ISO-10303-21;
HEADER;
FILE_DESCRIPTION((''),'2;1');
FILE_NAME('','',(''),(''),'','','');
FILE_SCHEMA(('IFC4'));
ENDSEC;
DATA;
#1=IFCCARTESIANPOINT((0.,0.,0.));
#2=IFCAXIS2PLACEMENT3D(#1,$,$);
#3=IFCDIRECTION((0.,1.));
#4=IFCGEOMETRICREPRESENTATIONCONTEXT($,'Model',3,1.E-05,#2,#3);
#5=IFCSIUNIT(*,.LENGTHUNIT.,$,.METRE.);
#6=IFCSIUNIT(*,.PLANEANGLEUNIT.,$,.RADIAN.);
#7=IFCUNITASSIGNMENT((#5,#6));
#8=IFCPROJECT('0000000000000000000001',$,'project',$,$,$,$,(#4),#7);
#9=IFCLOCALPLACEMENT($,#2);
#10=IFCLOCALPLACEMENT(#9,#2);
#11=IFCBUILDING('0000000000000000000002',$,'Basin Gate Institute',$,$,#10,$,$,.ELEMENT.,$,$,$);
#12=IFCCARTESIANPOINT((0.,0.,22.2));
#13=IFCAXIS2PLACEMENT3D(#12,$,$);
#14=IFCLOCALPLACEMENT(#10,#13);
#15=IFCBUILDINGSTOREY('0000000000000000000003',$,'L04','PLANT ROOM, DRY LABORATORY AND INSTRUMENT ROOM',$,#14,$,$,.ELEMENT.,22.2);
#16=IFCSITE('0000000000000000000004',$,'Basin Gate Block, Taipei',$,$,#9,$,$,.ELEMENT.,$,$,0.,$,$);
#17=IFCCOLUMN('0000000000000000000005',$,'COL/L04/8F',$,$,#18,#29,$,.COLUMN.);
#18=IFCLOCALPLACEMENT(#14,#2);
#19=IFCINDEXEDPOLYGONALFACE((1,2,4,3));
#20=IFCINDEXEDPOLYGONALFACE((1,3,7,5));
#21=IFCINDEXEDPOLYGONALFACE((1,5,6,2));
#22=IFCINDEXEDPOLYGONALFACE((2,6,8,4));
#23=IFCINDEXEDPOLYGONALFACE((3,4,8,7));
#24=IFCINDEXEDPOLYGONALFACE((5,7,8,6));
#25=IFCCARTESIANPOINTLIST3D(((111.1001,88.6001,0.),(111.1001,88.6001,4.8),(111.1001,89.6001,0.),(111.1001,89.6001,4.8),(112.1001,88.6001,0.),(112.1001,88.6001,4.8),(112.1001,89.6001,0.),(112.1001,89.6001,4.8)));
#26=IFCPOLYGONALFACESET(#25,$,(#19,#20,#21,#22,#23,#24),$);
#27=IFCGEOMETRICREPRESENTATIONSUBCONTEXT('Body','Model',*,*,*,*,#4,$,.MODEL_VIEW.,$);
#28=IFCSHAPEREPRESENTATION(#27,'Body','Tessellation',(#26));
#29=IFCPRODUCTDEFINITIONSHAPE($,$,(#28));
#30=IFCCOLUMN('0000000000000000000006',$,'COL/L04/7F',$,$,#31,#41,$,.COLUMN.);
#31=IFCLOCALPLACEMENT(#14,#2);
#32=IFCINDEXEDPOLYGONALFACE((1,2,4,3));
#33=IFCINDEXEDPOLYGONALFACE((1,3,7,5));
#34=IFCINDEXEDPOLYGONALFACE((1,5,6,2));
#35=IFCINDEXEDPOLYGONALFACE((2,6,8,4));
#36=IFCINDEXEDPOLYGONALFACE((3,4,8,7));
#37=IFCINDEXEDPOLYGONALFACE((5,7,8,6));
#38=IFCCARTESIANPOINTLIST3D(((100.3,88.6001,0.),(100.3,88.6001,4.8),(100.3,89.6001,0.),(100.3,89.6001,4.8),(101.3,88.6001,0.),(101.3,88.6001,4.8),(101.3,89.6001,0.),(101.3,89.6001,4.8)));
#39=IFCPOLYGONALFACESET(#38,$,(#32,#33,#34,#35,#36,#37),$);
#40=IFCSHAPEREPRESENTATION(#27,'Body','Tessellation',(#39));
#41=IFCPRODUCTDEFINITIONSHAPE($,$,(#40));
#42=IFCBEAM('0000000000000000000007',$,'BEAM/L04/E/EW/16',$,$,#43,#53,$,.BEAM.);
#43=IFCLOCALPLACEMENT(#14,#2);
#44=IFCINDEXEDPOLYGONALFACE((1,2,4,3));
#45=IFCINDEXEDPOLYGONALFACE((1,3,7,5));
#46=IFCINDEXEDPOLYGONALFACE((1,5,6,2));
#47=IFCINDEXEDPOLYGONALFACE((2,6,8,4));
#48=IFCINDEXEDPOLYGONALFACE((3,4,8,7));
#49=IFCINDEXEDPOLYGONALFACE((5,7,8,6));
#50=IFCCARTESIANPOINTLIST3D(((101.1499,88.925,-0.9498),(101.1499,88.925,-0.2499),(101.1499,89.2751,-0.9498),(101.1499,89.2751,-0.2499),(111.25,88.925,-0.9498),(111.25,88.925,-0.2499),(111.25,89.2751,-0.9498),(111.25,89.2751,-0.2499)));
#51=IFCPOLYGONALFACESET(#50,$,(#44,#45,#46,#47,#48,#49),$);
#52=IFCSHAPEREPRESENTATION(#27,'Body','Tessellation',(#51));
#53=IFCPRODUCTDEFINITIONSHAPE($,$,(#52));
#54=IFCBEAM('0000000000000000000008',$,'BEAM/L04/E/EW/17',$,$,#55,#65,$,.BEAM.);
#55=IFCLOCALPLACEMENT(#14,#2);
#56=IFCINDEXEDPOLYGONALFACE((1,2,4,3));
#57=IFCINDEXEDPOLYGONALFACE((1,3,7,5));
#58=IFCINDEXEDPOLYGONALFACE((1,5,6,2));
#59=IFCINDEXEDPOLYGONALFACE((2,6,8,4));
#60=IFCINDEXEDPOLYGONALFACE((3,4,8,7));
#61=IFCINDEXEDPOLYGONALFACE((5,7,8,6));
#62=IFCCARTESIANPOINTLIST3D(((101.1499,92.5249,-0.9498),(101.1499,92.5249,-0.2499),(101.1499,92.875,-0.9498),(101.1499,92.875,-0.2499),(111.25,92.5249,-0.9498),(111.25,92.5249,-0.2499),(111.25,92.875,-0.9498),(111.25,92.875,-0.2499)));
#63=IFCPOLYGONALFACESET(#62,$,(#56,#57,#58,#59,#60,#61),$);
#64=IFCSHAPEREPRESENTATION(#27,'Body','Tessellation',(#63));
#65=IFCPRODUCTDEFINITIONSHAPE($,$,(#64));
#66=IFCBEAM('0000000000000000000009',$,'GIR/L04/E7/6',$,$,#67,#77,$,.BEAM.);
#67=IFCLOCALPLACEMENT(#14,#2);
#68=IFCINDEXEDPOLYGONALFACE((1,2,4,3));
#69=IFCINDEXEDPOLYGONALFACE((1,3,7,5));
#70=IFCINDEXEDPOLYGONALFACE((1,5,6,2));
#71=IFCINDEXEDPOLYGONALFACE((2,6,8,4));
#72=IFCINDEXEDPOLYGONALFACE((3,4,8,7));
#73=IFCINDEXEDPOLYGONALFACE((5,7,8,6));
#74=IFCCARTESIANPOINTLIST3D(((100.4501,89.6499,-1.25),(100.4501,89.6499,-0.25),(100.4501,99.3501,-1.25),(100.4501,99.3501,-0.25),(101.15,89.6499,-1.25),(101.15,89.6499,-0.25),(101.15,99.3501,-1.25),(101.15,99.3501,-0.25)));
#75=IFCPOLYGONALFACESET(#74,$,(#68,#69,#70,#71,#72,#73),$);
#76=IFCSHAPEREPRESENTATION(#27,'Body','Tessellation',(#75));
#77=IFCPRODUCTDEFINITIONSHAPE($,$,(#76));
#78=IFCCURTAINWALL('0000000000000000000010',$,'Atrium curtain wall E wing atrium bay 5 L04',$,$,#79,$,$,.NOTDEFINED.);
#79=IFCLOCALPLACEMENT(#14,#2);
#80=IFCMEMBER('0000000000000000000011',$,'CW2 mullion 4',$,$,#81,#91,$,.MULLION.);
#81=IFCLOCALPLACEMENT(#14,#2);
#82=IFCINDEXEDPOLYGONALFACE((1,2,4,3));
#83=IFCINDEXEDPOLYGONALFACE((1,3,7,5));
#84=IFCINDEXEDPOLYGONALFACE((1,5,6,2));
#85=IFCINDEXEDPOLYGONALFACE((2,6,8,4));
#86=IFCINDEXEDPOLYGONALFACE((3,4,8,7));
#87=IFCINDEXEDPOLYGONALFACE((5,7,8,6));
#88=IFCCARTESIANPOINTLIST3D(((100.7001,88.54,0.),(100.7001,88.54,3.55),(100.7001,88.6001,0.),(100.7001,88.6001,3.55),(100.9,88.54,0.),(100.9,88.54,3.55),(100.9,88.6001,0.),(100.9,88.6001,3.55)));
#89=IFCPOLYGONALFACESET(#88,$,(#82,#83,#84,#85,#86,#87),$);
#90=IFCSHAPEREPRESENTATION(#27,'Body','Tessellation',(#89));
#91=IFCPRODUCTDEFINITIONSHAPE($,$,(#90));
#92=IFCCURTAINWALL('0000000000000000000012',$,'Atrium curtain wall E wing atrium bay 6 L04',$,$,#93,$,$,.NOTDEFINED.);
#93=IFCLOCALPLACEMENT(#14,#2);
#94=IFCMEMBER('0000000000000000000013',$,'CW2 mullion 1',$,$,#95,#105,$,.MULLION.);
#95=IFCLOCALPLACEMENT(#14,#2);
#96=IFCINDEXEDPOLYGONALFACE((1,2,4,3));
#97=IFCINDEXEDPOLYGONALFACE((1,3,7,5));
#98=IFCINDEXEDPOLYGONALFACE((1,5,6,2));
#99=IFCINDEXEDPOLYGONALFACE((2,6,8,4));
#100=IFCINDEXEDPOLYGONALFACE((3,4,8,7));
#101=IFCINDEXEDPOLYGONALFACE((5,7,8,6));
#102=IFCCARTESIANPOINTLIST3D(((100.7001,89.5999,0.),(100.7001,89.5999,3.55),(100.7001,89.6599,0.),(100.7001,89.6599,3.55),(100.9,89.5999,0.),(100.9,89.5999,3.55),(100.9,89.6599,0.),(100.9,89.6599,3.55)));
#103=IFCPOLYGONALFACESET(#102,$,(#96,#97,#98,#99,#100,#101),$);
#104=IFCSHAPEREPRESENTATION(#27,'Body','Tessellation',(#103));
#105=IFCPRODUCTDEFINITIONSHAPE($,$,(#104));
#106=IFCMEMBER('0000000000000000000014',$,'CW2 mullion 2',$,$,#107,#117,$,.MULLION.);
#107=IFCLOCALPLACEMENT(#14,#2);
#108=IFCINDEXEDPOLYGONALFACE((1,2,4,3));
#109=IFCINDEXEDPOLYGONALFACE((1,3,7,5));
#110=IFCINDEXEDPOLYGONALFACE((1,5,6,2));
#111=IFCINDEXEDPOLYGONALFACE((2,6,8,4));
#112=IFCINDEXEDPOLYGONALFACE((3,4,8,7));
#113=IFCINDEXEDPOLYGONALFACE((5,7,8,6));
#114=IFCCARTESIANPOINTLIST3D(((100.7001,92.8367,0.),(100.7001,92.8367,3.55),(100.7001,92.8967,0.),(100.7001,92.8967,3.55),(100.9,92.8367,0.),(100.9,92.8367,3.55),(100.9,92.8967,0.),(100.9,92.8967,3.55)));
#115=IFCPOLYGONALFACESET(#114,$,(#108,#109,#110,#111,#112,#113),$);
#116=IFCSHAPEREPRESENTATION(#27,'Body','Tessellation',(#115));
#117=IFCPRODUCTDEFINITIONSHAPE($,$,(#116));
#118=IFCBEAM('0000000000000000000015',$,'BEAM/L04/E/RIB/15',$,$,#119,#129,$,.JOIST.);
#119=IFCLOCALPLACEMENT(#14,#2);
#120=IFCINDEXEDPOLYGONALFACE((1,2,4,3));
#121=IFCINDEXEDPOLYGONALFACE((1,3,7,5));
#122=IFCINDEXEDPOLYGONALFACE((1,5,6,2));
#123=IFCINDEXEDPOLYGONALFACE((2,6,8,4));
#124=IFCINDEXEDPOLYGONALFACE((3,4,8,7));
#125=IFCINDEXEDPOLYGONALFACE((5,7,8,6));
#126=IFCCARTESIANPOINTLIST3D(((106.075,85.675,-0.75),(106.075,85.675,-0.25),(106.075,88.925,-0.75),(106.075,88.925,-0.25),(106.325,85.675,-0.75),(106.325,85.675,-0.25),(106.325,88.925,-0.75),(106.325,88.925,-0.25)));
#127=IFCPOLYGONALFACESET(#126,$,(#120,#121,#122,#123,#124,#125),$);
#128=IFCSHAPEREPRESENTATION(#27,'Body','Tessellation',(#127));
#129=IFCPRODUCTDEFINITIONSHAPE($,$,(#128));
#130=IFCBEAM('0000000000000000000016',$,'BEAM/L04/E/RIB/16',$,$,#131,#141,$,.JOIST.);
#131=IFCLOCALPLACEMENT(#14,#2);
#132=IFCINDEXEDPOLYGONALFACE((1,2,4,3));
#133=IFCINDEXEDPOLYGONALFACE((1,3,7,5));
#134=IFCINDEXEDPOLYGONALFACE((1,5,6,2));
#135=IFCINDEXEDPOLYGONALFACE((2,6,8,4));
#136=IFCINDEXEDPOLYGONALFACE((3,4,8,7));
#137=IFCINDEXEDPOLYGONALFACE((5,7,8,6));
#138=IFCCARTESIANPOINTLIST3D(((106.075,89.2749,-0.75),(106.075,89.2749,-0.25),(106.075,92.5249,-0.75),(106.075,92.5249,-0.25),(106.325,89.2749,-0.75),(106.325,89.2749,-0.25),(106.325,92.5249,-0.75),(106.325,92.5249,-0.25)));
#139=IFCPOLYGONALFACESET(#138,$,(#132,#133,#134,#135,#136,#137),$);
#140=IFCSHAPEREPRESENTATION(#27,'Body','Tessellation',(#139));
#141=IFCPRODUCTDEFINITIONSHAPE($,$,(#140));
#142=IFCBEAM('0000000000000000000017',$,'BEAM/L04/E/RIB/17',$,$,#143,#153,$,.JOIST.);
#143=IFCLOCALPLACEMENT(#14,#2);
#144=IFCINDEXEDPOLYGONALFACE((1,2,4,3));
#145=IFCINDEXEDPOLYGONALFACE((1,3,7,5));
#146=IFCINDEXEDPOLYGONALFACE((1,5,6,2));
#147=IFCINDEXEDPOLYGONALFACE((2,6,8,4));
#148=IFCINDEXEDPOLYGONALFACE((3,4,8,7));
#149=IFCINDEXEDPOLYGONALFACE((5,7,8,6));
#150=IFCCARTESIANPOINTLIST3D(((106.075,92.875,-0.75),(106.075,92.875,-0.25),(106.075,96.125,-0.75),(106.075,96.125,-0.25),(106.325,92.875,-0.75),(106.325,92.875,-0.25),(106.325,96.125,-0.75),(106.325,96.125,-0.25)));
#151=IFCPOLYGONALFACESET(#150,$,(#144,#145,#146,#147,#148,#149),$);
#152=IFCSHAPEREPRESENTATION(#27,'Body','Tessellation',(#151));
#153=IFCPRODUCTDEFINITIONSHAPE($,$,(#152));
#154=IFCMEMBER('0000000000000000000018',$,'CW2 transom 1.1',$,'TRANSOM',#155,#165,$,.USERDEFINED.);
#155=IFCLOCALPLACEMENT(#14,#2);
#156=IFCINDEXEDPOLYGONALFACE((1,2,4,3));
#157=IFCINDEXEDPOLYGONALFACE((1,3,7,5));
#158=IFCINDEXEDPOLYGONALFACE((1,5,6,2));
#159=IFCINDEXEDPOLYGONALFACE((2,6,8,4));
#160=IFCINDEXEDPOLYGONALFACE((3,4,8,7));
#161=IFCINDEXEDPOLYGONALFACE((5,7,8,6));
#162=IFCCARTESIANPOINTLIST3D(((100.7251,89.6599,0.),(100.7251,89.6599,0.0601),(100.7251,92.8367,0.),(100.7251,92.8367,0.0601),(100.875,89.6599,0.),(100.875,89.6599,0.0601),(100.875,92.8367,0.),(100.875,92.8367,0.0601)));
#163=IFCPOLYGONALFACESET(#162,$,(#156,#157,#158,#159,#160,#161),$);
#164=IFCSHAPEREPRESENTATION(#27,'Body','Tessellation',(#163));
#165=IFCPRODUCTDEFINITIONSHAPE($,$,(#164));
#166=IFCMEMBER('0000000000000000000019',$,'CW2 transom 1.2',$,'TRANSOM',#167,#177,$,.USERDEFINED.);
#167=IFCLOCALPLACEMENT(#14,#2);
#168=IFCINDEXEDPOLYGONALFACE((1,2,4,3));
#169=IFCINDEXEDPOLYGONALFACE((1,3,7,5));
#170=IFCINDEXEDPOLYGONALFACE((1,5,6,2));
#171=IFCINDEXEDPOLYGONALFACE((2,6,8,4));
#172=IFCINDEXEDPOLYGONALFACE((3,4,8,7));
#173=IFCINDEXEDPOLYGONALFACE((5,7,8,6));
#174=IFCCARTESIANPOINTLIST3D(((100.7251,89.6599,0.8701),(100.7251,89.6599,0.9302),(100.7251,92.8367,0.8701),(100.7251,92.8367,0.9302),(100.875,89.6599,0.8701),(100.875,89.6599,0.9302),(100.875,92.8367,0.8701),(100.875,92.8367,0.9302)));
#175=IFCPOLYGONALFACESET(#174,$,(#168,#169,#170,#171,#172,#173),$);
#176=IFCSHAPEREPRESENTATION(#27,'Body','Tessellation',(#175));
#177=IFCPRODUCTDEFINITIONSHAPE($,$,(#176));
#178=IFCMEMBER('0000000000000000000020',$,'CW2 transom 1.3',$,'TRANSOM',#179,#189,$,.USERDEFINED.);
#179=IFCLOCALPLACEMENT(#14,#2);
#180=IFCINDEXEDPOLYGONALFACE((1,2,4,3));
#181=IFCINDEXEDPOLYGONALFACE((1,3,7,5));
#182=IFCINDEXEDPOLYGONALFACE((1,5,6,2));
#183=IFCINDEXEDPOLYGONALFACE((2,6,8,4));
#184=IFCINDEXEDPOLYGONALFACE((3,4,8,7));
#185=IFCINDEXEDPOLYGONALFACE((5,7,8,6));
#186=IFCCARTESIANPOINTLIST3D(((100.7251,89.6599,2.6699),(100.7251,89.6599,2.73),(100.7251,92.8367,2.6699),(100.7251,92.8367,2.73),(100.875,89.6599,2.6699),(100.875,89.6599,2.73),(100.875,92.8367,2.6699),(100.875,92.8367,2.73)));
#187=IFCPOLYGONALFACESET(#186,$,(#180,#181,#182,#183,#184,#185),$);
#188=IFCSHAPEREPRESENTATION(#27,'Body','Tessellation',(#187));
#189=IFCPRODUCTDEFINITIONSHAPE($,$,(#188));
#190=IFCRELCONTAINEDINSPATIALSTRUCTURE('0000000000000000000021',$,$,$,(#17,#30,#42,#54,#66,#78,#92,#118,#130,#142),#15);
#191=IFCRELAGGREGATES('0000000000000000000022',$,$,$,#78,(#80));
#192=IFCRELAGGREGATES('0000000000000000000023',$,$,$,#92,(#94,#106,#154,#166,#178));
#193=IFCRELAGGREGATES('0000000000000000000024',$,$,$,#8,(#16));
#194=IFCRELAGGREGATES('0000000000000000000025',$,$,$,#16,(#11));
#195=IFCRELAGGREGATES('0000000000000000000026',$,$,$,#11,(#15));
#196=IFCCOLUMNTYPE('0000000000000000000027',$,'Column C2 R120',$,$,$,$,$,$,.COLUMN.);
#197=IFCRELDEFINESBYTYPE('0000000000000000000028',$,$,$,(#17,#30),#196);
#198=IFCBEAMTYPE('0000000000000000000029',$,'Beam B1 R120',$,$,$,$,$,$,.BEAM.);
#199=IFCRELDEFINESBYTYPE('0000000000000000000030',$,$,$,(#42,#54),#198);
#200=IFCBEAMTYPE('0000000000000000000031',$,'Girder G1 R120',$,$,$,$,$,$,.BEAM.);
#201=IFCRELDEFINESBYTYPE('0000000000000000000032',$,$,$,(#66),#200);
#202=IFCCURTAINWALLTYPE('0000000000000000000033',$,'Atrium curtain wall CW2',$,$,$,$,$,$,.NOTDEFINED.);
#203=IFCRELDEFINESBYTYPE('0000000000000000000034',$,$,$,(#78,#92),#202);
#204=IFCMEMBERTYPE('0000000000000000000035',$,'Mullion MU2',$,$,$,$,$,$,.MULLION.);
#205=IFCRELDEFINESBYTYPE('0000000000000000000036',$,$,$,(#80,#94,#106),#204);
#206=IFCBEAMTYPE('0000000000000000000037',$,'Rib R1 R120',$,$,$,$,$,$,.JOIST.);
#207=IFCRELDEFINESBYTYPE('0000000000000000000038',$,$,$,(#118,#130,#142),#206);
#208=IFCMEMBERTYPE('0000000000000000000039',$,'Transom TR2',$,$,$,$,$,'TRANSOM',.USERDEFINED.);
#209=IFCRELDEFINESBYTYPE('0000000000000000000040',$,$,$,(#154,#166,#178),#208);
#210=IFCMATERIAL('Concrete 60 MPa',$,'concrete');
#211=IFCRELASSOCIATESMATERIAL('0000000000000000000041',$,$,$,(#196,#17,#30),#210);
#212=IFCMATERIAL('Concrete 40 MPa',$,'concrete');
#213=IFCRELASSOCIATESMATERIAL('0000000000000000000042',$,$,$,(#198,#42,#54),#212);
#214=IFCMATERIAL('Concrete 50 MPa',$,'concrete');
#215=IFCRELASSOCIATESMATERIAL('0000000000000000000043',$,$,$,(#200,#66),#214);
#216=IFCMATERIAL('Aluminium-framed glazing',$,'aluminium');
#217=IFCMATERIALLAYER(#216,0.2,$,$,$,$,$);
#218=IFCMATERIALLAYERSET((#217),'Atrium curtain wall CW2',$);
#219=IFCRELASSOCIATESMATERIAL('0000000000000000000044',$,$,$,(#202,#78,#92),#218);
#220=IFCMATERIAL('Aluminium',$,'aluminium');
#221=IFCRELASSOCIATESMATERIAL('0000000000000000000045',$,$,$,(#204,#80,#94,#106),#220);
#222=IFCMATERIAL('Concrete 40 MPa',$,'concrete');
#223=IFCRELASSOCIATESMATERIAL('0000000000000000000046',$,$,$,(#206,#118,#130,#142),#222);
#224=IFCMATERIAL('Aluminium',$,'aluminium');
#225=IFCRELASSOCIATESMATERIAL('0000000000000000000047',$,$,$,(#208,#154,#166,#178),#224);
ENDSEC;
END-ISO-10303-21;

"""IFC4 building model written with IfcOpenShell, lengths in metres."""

from ifc_helpers import new_model, si_unit, direction, frame, origin, origin_2d, place, context, subcontext, project, spatial, rectangle, extrude, material, layer, layer_set, material_profile, profile_set, type_object, element, aggregate, save


model = new_model("IFC4")

# Units and contexts
model_context = context("Model", 3, precision=1e-05, world=origin(), true_north=direction((0.0, 1.0)))
body_context = subcontext(model_context, "Body", "Model", "MODEL_VIEW")
ifc_project = project(units=[si_unit("LENGTHUNIT", "METRE"), si_unit("PLANEANGLEUNIT", "RADIAN")], contexts=[model_context])

# Site, building, storey
site_placement = place(None, origin())
site = spatial("IfcSite", under=ifc_project, at=site_placement, Name="Basin Gate Block, Taipei", CompositionType="ELEMENT", RefElevation=0.0)
building_placement = place(site_placement, origin())
building = spatial("IfcBuilding", under=site, at=building_placement, Name="Basin Gate Institute", CompositionType="ELEMENT")
storey_placement = place(building_placement, frame((0.0, 0.0, 22.2)))
storey = spatial("IfcBuildingStorey", under=building, at=storey_placement, Name="L04", Description="PLANT ROOM, DRY LABORATORY AND INSTRUMENT ROOM", CompositionType="ELEMENT", Elevation=22.2)

# Columns
ifc_material_1 = material(Name="Concrete 60 MPa", Category="concrete")
ifc_material_profile_1 = material_profile(ifc_material_1, rectangle(XDim=1.0, YDim=1.0, at=origin_2d()), Name="Column C2 1000 x 1000")
ifc_profile_set_1 = profile_set([ifc_material_profile_1], Name="Concrete 60 MPa")
column_type = type_object("IfcColumnType", Name="Column C2 R120", PredefinedType="COLUMN", material=ifc_profile_set_1)
for number, where, z_axis, x_axis, name in (
    (1, (111.6001, 89.1001, 0.0), (0.0, 0.0, 1.0), (1.0, 0.0, 0.0), "COL/L04/8F"),
    (2, (100.8, 89.1001, 0.0), (0.0, 0.0, 1.0), (1.0, 0.0, 0.0), "COL/L04/7F"),
):
    element("IfcColumn", number, at=place(storey_placement, frame(where, z_axis=z_axis, x_axis=x_axis)), inside=storey, type_object=column_type, material=ifc_profile_set_1, Name=name, PredefinedType="COLUMN", context=body_context, shape_type="SweptSolid", body=[
        extrude(rectangle(XDim=1.0, YDim=1.0, at=origin_2d()), origin(), (0.0, 0.0, 1.0), 4.8),
    ])

# Beams
ifc_material_2 = material(Name="Concrete 40 MPa", Category="concrete")
ifc_material_profile_2 = material_profile(ifc_material_2, rectangle(XDim=0.3501, YDim=0.7, at=origin_2d()), Name="Beam B1 350 x 700")
ifc_profile_set_2 = profile_set([ifc_material_profile_2], Name="Concrete 40 MPa")
beam_type_1 = type_object("IfcBeamType", Name="Beam B1 R120", PredefinedType="BEAM", material=ifc_profile_set_2)
for number, where, z_axis, x_axis, name in (
    (3, (111.25, 89.1001, -0.5999), (-1.0, 0.0, 0.0), (0.0, -1.0, 0.0), "BEAM/L04/E/EW/16"),
    (4, (111.25, 92.7, -0.5999), (-1.0, 0.0, 0.0), (0.0, -1.0, 0.0), "BEAM/L04/E/EW/17"),
):
    element("IfcBeam", number, at=place(storey_placement, frame(where, z_axis=z_axis, x_axis=x_axis)), inside=storey, type_object=beam_type_1, material=ifc_profile_set_2, Name=name, PredefinedType="BEAM", context=body_context, shape_type="SweptSolid", body=[
        extrude(rectangle(XDim=0.3501, YDim=0.7, at=origin_2d()), origin(), (0.0, 0.0, 1.0), 10.1001),
    ])
ifc_material_3 = material(Name="Concrete 50 MPa", Category="concrete")
ifc_material_profile_3 = material_profile(ifc_material_3, rectangle(XDim=0.7, YDim=1.0, at=origin_2d()), Name="Girder G1 700 x 1000")
ifc_profile_set_3 = profile_set([ifc_material_profile_3], Name="Concrete 50 MPa")
beam_type_2 = type_object("IfcBeamType", Name="Girder G1 R120", PredefinedType="BEAM", material=ifc_profile_set_3)
beam_placement = place(storey_placement, frame((100.8, 89.6499, -0.75), z_axis=(0.0, 1.0, 0.0), x_axis=(-1.0, 0.0, 0.0)))
element("IfcBeam", 5, at=beam_placement, inside=storey, type_object=beam_type_2, material=ifc_profile_set_3, Name="GIR/L04/E7/6", PredefinedType="BEAM", context=body_context, shape_type="SweptSolid", body=[
    extrude(rectangle(XDim=0.7, YDim=1.0, at=origin_2d()), origin(), (0.0, 0.0, 1.0), 9.7002),
])

# Curtain wall, member
ifc_material_4 = material(Name="Aluminium-framed glazing", Category="aluminium")
ifc_layer_1 = layer(ifc_material_4, 0.2)
ifc_layer_set_1 = layer_set([ifc_layer_1], Name="Atrium curtain wall CW2")
curtain_wall_type = type_object("IfcCurtainWallType", Name="Atrium curtain wall CW2", PredefinedType="NOTDEFINED", material=ifc_layer_set_1)
curtain_wall_1_placement = place(storey_placement, origin())
curtain_wall_1 = element("IfcCurtainWall", 6, at=curtain_wall_1_placement, inside=storey, type_object=curtain_wall_type, material=ifc_layer_set_1, Name="Atrium curtain wall E wing atrium bay 5 L04", PredefinedType="NOTDEFINED")
ifc_material_5 = material(Name="Aluminium", Category="aluminium")
ifc_material_profile_4 = material_profile(ifc_material_5, rectangle(XDim=0.2, YDim=0.0601, at=origin_2d()), Name="Mullion MU2 200 x 60")
ifc_profile_set_4 = profile_set([ifc_material_profile_4], Name="Aluminium")
member_type_1 = type_object("IfcMemberType", Name="Mullion MU2", PredefinedType="MULLION", material=ifc_profile_set_4)
member_1_placement = place(storey_placement, frame((100.8, 88.5701, 0.0), z_axis=(0.0, 0.0, 1.0), x_axis=(-1.0, 0.0, 0.0)))
member_1 = element("IfcMember", 7, at=member_1_placement, type_object=member_type_1, material=ifc_profile_set_4, Name="CW2 mullion 4", PredefinedType="MULLION", context=body_context, shape_type="SweptSolid", body=[
    extrude(rectangle(XDim=0.2, YDim=0.0601, at=origin_2d()), origin(), (0.0, 0.0, 1.0), 3.55),
])

# Curtain wall, members
curtain_wall_2_placement = place(storey_placement, origin())
curtain_wall_2 = element("IfcCurtainWall", 8, at=curtain_wall_2_placement, inside=storey, type_object=curtain_wall_type, material=ifc_layer_set_1, Name="Atrium curtain wall E wing atrium bay 6 L04", PredefinedType="NOTDEFINED")
member_2_placement = place(storey_placement, frame((100.8, 89.6299, 0.0), z_axis=(0.0, 0.0, 1.0), x_axis=(-1.0, 0.0, 0.0)))
member_2 = element("IfcMember", 9, at=member_2_placement, type_object=member_type_1, material=ifc_profile_set_4, Name="CW2 mullion 1", PredefinedType="MULLION", context=body_context, shape_type="SweptSolid", body=[
    extrude(rectangle(XDim=0.2, YDim=0.0601, at=origin_2d()), origin(), (0.0, 0.0, 1.0), 3.55),
])
member_3_placement = place(storey_placement, frame((100.8, 92.8667, 0.0), z_axis=(0.0, 0.0, 1.0), x_axis=(-1.0, 0.0, 0.0)))
member_3 = element("IfcMember", 10, at=member_3_placement, type_object=member_type_1, material=ifc_profile_set_4, Name="CW2 mullion 2", PredefinedType="MULLION", context=body_context, shape_type="SweptSolid", body=[
    extrude(rectangle(XDim=0.2, YDim=0.0601, at=origin_2d()), origin(), (0.0, 0.0, 1.0), 3.55),
])

# Beams
ifc_material_6 = material(Name="Concrete 40 MPa", Category="concrete")
ifc_material_profile_5 = material_profile(ifc_material_6, rectangle(XDim=0.25, YDim=0.5, at=origin_2d()), Name="Rib R1 250 x 500")
ifc_profile_set_5 = profile_set([ifc_material_profile_5], Name="Concrete 40 MPa")
beam_type_3 = type_object("IfcBeamType", Name="Rib R1 R120", PredefinedType="JOIST", material=ifc_profile_set_5)
for number, where, z_axis, x_axis, name in (
    (11, (106.2, 85.675, -0.5), (0.0, 1.0, 0.0), (-1.0, 0.0, 0.0), "BEAM/L04/E/RIB/15"),
    (12, (106.2, 89.2749, -0.5), (0.0, 1.0, 0.0), (-1.0, 0.0, 0.0), "BEAM/L04/E/RIB/16"),
    (13, (106.2, 92.875, -0.5), (0.0, 1.0, 0.0), (-1.0, 0.0, 0.0), "BEAM/L04/E/RIB/17"),
):
    element("IfcBeam", number, at=place(storey_placement, frame(where, z_axis=z_axis, x_axis=x_axis)), inside=storey, type_object=beam_type_3, material=ifc_profile_set_5, Name=name, PredefinedType="JOIST", context=body_context, shape_type="SweptSolid", body=[
        extrude(rectangle(XDim=0.25, YDim=0.5, at=origin_2d()), origin(), (0.0, 0.0, 1.0), 3.25),
    ])

# Members
ifc_material_7 = material(Name="Aluminium", Category="aluminium")
ifc_material_profile_6 = material_profile(ifc_material_7, rectangle(XDim=0.1499, YDim=0.0601, at=origin_2d()), Name="Transom TR2 150 x 60")
ifc_profile_set_6 = profile_set([ifc_material_profile_6], Name="Aluminium")
member_type_2 = type_object("IfcMemberType", Name="Transom TR2", ElementType="TRANSOM", PredefinedType="USERDEFINED", material=ifc_profile_set_6)
member_4_placement = place(storey_placement, frame((100.8, 89.6599, 0.03), z_axis=(0.0, 1.0, 0.0), x_axis=(-1.0, 0.0, 0.0)))
member_4 = element("IfcMember", 14, at=member_4_placement, type_object=member_type_2, material=ifc_profile_set_6, Name="CW2 transom 1.1", ObjectType="TRANSOM", PredefinedType="USERDEFINED", context=body_context, shape_type="SweptSolid", body=[
    extrude(rectangle(XDim=0.1499, YDim=0.0601, at=origin_2d()), origin(), (0.0, 0.0, 1.0), 3.1768),
])
member_5_placement = place(storey_placement, frame((100.8, 89.6599, 0.9001), z_axis=(0.0, 1.0, 0.0), x_axis=(-1.0, 0.0, 0.0)))
member_5 = element("IfcMember", 15, at=member_5_placement, type_object=member_type_2, material=ifc_profile_set_6, Name="CW2 transom 1.2", ObjectType="TRANSOM", PredefinedType="USERDEFINED", context=body_context, shape_type="SweptSolid", body=[
    extrude(rectangle(XDim=0.1499, YDim=0.0601, at=origin_2d()), origin(), (0.0, 0.0, 1.0), 3.1768),
])
member_6_placement = place(storey_placement, frame((100.8, 89.6599, 2.7), z_axis=(0.0, 1.0, 0.0), x_axis=(-1.0, 0.0, 0.0)))
member_6 = element("IfcMember", 16, at=member_6_placement, type_object=member_type_2, material=ifc_profile_set_6, Name="CW2 transom 1.3", ObjectType="TRANSOM", PredefinedType="USERDEFINED", context=body_context, shape_type="SweptSolid", body=[
    extrude(rectangle(XDim=0.1499, YDim=0.0601, at=origin_2d()), origin(), (0.0, 0.0, 1.0), 3.1768),
])

aggregate(curtain_wall_1, [member_1])
aggregate(curtain_wall_2, [member_2, member_3, member_4, member_5, member_6])

save(model, "model.ifc")
